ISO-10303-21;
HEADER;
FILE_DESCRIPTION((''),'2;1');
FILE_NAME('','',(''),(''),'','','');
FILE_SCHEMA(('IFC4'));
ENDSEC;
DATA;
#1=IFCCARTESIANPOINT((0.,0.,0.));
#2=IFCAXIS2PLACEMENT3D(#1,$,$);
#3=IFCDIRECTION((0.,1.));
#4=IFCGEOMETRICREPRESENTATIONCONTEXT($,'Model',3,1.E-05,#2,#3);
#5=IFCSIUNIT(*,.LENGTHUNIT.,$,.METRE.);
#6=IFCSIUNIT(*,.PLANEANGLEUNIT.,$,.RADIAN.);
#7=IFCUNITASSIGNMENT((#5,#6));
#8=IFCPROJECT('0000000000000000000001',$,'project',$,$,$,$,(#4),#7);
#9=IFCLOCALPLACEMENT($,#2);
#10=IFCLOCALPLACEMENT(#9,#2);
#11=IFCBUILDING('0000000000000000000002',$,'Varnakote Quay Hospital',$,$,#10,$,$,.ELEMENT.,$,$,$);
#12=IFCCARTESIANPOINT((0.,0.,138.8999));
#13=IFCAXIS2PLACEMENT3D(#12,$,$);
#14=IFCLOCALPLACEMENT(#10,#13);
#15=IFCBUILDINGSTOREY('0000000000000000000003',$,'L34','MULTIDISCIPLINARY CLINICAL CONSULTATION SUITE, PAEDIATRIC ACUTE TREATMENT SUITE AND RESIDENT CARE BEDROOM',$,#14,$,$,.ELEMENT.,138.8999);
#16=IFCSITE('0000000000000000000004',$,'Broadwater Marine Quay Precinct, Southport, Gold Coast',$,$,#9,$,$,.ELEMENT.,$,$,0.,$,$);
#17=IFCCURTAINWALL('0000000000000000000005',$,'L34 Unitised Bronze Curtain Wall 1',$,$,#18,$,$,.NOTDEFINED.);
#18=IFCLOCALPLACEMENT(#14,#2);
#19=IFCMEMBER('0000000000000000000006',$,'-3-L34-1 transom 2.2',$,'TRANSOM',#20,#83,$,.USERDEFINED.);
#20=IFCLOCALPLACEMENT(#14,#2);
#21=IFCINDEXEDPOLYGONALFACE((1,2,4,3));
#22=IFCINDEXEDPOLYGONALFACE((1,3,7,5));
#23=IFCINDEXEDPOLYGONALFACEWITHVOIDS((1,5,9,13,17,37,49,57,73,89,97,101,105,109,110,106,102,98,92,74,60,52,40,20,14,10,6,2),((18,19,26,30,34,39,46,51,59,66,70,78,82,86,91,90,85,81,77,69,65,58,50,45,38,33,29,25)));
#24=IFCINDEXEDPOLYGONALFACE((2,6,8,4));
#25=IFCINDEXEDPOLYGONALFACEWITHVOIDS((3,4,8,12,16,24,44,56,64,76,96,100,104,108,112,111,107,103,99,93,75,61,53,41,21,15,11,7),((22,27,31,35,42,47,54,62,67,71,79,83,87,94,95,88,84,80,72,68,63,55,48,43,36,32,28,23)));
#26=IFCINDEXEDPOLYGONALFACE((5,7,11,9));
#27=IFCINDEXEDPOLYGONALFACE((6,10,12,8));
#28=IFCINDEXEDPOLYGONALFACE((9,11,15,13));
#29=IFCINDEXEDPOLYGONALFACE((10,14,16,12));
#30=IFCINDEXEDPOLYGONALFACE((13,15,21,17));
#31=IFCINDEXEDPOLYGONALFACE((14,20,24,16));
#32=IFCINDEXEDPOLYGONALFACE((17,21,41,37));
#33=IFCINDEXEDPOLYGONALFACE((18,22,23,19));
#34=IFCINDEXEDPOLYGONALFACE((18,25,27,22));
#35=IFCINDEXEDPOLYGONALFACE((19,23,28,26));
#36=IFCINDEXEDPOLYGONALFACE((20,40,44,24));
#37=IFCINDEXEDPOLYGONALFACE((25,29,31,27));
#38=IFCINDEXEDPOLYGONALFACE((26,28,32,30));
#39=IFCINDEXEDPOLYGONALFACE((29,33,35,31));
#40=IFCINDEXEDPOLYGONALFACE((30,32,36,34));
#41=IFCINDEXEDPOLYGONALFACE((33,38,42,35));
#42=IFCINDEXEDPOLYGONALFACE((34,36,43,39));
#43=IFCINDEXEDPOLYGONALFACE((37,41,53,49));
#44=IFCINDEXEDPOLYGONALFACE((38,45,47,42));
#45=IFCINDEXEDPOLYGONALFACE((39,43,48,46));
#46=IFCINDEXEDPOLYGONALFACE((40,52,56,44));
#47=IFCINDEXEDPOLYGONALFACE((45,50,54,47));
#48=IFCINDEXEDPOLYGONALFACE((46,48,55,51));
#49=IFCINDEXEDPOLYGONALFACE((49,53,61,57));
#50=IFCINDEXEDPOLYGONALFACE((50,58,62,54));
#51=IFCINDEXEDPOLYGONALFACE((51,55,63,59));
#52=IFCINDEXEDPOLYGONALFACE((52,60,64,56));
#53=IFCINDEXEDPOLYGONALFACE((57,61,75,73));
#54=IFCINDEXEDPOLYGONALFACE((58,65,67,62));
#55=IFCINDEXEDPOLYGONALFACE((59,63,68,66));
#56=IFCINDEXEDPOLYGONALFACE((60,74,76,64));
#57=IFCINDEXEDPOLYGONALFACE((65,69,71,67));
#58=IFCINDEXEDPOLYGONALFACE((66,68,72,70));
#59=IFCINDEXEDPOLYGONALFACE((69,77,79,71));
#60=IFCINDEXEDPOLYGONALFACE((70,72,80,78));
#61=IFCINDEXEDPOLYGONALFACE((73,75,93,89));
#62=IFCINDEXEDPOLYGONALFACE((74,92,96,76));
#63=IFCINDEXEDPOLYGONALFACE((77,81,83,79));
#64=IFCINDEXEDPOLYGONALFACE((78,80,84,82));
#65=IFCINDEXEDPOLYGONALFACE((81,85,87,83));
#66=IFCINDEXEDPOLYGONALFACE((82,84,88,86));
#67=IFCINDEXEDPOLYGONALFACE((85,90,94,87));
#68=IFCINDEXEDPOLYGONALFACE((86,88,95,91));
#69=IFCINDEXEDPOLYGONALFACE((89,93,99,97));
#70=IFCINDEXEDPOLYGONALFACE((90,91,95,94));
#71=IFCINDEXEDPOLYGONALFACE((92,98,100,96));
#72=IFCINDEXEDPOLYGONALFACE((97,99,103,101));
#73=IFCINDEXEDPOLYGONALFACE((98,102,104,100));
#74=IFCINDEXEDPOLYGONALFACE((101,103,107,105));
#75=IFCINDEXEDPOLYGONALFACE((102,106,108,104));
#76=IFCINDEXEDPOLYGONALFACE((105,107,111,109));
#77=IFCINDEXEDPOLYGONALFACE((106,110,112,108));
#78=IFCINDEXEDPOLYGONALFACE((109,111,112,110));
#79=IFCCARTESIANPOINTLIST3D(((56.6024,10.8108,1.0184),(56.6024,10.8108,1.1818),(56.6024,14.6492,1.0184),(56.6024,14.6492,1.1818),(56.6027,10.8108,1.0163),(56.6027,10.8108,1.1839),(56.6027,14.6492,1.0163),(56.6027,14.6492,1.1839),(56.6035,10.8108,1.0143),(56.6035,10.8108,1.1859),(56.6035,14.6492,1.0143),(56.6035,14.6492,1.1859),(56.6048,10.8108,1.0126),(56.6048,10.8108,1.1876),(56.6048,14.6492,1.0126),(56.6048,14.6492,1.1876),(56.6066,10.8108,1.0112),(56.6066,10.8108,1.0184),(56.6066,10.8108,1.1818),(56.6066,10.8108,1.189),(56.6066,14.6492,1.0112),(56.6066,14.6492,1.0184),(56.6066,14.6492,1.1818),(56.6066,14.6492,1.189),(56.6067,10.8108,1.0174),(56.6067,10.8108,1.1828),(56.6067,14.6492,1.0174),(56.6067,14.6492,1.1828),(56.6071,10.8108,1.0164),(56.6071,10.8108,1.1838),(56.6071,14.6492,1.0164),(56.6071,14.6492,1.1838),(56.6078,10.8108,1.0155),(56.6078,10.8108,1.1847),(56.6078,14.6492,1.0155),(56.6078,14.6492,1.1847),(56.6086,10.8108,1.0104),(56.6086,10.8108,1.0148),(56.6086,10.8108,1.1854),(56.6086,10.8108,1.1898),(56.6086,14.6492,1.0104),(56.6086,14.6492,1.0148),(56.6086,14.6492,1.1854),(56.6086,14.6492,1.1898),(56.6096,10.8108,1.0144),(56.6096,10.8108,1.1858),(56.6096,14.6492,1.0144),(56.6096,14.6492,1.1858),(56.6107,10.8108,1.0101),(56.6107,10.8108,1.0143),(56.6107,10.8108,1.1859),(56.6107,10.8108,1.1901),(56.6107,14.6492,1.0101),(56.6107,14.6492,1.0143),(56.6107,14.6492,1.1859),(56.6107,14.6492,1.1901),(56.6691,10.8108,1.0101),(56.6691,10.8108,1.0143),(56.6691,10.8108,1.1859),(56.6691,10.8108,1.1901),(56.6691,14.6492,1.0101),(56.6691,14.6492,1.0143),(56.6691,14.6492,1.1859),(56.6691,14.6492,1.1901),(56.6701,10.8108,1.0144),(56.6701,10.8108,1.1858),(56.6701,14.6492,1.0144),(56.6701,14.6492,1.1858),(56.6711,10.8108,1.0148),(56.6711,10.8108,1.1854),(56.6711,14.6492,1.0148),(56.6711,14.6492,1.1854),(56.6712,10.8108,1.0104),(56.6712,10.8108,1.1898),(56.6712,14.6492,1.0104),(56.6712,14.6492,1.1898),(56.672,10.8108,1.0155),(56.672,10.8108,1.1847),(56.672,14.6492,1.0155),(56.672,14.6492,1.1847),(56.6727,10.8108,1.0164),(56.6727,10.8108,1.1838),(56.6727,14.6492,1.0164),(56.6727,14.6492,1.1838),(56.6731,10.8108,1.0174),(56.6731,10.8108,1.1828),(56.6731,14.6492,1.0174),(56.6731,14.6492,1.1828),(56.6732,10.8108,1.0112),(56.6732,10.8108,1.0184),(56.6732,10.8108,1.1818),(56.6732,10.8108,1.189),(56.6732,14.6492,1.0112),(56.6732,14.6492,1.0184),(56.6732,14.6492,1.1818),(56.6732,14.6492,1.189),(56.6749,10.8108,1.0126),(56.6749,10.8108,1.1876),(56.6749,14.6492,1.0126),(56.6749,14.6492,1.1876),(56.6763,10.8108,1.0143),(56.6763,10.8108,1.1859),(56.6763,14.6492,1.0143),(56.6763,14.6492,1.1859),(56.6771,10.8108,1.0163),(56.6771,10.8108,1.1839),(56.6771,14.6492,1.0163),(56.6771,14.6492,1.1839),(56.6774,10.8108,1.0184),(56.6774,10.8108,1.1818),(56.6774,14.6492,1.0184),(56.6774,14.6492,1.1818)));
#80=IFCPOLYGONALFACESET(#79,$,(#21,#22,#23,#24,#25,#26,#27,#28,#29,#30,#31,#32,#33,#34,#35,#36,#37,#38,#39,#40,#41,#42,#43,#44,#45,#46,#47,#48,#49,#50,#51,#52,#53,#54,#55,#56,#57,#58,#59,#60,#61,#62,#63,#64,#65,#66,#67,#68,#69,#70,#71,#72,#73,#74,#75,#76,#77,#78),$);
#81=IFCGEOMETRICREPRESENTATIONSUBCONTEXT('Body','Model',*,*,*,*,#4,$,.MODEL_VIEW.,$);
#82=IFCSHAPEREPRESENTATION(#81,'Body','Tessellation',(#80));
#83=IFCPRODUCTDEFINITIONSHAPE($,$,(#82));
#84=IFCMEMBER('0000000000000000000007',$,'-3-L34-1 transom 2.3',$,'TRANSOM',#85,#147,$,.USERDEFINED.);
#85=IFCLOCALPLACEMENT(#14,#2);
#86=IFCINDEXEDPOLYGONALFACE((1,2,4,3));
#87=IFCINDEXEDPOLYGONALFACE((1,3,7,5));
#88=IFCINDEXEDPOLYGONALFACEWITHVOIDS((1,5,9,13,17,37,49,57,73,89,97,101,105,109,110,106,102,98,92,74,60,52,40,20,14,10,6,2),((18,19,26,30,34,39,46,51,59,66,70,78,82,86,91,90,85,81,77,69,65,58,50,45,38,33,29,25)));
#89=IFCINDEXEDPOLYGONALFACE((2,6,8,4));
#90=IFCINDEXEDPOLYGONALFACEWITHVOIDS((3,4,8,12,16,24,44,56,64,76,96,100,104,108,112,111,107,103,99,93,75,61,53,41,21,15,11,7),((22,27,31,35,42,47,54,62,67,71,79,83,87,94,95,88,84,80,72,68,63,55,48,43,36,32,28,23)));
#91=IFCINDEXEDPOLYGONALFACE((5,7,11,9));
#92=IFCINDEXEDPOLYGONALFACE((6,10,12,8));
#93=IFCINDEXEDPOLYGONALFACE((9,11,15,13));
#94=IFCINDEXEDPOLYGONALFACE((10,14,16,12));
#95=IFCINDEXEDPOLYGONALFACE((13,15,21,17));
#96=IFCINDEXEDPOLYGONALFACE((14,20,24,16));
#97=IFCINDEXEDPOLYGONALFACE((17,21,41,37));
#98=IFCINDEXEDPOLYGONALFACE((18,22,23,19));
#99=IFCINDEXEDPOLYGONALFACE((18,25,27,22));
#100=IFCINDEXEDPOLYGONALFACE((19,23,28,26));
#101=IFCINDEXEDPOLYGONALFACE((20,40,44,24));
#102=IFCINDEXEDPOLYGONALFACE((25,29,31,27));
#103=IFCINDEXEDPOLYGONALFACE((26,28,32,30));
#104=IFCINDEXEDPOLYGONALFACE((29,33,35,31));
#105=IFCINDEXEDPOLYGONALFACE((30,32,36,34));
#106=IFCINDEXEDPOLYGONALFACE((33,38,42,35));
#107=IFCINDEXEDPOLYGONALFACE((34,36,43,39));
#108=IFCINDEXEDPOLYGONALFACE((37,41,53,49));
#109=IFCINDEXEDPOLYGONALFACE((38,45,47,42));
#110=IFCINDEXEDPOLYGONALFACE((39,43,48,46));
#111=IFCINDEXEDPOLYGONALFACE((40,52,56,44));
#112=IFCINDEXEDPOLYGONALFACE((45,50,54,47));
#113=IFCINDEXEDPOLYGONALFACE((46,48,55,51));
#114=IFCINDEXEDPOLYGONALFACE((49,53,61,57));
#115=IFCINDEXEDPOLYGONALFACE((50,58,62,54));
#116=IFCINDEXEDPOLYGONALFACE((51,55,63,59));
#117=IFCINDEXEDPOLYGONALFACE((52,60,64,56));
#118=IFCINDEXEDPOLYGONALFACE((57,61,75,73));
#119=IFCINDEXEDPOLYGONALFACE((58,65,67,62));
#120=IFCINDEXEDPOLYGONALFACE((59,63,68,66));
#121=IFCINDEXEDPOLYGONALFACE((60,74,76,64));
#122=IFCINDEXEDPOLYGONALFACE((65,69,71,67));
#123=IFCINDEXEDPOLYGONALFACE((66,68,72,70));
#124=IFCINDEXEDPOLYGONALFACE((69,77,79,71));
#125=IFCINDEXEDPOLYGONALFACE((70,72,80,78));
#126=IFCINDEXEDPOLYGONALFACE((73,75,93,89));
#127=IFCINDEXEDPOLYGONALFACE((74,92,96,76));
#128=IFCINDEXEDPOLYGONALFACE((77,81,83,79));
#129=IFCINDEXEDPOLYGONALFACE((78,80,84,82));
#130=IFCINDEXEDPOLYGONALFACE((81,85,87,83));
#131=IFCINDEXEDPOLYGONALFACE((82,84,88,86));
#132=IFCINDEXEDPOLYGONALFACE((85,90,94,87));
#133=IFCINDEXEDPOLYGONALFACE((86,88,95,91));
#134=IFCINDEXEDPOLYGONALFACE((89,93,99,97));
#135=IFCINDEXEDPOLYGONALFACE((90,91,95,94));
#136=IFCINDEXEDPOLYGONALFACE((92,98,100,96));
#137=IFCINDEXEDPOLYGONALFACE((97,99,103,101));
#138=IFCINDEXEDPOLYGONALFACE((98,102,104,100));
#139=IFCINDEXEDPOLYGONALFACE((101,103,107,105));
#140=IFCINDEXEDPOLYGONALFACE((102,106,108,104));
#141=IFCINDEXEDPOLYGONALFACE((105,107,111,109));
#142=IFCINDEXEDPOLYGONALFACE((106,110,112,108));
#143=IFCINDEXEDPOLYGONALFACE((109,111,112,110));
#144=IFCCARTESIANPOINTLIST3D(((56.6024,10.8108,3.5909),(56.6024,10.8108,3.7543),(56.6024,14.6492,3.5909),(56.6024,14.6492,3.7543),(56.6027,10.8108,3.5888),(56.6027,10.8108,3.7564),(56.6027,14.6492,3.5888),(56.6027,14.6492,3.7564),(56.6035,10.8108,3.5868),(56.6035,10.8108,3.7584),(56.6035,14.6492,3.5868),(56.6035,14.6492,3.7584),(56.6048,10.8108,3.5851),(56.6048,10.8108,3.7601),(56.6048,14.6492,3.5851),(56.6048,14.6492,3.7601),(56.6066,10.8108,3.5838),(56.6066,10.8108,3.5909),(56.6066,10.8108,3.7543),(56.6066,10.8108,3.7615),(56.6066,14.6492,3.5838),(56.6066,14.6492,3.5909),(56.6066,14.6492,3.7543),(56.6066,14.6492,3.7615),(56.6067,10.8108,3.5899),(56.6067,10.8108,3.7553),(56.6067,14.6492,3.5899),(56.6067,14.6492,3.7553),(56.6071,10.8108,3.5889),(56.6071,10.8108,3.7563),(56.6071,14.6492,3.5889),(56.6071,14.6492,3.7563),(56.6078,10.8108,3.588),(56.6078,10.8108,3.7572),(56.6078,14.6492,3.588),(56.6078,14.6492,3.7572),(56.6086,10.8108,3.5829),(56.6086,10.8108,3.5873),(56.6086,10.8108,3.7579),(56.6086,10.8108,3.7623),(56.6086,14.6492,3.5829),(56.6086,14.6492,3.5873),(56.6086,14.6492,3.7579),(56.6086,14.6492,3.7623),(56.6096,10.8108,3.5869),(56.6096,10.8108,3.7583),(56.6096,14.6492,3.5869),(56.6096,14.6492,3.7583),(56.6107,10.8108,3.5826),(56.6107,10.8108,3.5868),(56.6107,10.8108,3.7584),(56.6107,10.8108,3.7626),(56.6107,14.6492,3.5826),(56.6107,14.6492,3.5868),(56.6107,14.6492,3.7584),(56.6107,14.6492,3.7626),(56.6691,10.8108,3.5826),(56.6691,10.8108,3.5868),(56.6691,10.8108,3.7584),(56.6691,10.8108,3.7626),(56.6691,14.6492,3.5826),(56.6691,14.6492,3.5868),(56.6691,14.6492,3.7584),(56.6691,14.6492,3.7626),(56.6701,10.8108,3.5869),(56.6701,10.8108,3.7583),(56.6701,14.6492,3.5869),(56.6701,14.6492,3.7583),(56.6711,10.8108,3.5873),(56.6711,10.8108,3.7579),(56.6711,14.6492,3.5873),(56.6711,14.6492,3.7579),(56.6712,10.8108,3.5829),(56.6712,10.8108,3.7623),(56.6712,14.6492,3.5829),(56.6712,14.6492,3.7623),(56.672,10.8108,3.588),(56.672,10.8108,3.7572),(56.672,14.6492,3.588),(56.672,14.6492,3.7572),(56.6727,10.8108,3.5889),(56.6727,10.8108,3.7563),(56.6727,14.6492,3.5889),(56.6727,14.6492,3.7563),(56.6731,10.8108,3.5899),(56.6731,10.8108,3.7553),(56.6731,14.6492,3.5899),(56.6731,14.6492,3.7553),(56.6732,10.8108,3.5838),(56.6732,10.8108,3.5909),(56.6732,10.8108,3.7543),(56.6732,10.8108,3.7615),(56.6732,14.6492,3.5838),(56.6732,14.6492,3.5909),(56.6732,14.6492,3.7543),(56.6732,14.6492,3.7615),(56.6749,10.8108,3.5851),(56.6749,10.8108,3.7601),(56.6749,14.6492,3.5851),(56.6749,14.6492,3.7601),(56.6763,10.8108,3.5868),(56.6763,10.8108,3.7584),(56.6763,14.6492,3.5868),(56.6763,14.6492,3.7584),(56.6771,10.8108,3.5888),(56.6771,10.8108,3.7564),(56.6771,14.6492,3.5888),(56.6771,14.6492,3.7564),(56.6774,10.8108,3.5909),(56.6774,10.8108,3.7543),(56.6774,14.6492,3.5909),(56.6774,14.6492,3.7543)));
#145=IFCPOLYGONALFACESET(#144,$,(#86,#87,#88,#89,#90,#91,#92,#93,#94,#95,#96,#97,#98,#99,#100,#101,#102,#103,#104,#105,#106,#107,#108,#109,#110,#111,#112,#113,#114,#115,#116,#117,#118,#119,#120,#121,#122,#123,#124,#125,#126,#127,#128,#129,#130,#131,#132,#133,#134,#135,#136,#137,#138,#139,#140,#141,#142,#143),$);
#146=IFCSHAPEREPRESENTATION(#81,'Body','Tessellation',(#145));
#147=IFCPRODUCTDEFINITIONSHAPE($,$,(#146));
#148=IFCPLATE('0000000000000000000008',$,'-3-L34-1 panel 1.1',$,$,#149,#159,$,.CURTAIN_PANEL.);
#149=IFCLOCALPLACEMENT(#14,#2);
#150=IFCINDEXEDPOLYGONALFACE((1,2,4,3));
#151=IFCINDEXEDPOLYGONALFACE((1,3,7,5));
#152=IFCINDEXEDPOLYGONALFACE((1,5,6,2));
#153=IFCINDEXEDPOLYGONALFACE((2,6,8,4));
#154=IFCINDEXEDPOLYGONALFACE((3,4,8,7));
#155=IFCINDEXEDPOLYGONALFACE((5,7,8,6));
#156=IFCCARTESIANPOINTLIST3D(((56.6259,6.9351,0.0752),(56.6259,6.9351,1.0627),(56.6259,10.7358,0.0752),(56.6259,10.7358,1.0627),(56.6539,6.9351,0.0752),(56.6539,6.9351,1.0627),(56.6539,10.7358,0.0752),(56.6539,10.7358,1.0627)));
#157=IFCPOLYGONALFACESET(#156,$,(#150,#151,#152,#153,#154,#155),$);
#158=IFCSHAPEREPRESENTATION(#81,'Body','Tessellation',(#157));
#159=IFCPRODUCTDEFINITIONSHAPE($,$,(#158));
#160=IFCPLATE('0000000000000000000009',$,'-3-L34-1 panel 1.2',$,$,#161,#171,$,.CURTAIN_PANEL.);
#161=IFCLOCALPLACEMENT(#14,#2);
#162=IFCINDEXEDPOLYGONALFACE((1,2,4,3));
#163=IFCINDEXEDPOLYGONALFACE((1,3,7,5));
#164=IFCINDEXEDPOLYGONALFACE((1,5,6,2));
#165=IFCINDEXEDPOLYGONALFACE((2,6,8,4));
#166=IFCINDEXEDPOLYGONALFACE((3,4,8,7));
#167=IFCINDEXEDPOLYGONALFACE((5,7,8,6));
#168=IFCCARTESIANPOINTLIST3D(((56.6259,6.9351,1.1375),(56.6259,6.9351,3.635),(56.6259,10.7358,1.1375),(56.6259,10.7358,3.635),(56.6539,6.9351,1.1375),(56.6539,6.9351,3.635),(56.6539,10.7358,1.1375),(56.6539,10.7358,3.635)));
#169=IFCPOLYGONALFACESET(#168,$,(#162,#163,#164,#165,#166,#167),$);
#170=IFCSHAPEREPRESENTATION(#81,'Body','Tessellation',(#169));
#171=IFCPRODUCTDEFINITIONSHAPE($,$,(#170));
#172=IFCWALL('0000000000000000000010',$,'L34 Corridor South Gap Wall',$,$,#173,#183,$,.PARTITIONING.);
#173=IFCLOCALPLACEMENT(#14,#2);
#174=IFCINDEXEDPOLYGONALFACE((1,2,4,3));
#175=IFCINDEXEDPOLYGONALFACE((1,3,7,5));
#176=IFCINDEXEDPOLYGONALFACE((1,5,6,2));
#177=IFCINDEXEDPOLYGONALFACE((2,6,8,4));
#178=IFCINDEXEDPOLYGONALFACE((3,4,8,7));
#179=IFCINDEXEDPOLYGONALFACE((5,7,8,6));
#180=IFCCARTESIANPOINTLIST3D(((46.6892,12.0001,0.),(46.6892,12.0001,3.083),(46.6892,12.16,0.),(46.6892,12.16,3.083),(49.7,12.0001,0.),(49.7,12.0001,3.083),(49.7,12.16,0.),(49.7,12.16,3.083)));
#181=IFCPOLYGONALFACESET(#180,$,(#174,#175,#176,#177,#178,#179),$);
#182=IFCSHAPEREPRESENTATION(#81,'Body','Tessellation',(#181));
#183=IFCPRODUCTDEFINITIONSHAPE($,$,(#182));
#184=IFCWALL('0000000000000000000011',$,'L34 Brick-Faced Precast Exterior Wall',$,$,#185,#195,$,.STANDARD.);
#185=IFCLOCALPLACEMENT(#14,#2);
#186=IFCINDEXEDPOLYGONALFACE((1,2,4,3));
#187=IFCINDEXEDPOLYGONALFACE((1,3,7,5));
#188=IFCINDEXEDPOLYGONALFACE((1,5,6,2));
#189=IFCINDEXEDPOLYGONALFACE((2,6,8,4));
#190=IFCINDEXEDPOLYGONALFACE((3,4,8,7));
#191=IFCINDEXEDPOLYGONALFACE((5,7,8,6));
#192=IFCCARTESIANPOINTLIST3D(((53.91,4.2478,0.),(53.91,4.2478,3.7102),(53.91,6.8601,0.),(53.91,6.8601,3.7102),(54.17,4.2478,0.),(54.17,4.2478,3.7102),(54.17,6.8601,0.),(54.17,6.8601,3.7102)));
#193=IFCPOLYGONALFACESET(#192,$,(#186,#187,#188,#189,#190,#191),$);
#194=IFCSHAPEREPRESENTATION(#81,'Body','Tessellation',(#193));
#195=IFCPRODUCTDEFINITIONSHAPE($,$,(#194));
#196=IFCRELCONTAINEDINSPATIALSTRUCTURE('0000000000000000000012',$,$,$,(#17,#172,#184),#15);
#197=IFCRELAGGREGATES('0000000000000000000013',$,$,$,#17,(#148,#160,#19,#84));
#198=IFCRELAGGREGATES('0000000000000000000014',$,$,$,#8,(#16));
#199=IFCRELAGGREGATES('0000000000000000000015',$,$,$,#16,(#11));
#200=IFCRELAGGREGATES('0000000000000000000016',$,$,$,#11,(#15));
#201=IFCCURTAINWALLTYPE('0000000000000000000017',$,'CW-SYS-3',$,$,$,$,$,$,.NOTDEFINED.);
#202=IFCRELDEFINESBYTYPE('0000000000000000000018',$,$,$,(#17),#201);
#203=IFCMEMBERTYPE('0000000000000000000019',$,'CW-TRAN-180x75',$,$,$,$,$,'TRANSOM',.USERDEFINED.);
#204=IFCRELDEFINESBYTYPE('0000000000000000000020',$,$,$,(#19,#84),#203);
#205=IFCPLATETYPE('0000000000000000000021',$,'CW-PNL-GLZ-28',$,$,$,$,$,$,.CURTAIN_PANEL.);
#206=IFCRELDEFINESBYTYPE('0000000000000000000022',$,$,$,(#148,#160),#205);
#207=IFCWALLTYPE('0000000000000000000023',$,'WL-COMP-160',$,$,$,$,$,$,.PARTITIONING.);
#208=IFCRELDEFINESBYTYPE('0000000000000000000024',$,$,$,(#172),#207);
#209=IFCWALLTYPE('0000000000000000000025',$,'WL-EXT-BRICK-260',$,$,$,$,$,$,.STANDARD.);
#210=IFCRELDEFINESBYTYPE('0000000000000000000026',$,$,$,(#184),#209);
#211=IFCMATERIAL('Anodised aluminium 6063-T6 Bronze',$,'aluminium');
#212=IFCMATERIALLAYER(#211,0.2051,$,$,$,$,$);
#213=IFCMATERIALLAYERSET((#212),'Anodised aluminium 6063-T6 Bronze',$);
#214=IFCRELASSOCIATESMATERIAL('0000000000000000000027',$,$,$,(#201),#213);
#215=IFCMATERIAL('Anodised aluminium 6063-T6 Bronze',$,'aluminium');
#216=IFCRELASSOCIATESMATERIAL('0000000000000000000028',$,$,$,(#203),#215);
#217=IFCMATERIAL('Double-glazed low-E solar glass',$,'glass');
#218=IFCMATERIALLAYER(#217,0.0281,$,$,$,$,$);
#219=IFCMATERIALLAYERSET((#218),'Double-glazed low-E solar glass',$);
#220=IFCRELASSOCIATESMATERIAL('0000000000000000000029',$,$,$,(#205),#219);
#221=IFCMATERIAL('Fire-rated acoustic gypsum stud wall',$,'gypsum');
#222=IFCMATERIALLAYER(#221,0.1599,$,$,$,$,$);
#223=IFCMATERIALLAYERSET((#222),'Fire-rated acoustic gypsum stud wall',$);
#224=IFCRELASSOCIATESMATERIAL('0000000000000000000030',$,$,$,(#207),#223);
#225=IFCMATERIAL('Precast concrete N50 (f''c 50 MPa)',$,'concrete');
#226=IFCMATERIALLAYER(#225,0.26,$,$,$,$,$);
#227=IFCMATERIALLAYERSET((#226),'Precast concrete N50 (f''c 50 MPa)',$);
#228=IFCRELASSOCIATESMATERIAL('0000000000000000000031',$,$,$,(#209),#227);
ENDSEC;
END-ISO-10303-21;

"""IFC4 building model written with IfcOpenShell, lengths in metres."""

from ifc_helpers import new_model, si_unit, direction, frame, frame_2d, origin, origin_2d, place, context, subcontext, project, spatial, rectangle, hollow_rectangle, extrude, material, layer, layer_set, material_profile, profile_set, type_object, element, aggregate, save


model = new_model("IFC4")

# Units and contexts
model_context = context("Model", 3, precision=1e-05, world=origin(), true_north=direction((0.0, 1.0)))
body_context = subcontext(model_context, "Body", "Model", "MODEL_VIEW")
ifc_project = project(units=[si_unit("LENGTHUNIT", "METRE"), si_unit("PLANEANGLEUNIT", "RADIAN")], contexts=[model_context])

# Site, building, storey
site_placement = place(None, origin())
site = spatial("IfcSite", under=ifc_project, at=site_placement, Name="Broadwater Marine Quay Precinct, Southport, Gold Coast", CompositionType="ELEMENT", RefElevation=0.0)
building_placement = place(site_placement, origin())
building = spatial("IfcBuilding", under=site, at=building_placement, Name="Varnakote Quay Hospital", CompositionType="ELEMENT")
storey_placement = place(building_placement, frame((0.0, 0.0, 138.8999)))
storey = spatial("IfcBuildingStorey", under=building, at=storey_placement, Name="L34", Description="MULTIDISCIPLINARY CLINICAL CONSULTATION SUITE, PAEDIATRIC ACUTE TREATMENT SUITE AND RESIDENT CARE BEDROOM", CompositionType="ELEMENT", Elevation=138.8999)

# Curtain wall, members, plates
ifc_material_1 = material(Name="Anodised aluminium 6063-T6 Bronze", Category="aluminium")
ifc_layer_1 = layer(ifc_material_1, 0.2051)
ifc_layer_set_1 = layer_set([ifc_layer_1], Name="Anodised aluminium 6063-T6 Bronze")
curtain_wall_type = type_object("IfcCurtainWallType", Name="CW-SYS-3", PredefinedType="NOTDEFINED", material=ifc_layer_set_1)
curtain_wall_placement = place(storey_placement, origin())
curtain_wall = element("IfcCurtainWall", 1, at=curtain_wall_placement, inside=storey, type_object=curtain_wall_type, Name="L34 Unitised Bronze Curtain Wall 1", PredefinedType="NOTDEFINED")
ifc_material_2 = material(Name="Anodised aluminium 6063-T6 Bronze", Category="aluminium")
ifc_material_profile_1 = material_profile(ifc_material_2, hollow_rectangle(XDim=0.075, YDim=0.1799, WallThickness=0.0042, InnerFilletRadius=0.0042, OuterFilletRadius=0.0083, at=origin_2d()), Name="CW-TRAN-180x75")
ifc_profile_set_1 = profile_set([ifc_material_profile_1], Name="Anodised aluminium 6063-T6 Bronze")
member_type_1 = type_object("IfcMemberType", Name="CW-TRAN-180x75", ElementType="TRANSOM", PredefinedType="USERDEFINED", material=ifc_profile_set_1)
member_1_placement = place(storey_placement, frame((56.6399, 10.8108, 1.1001), z_axis=(0.0, 1.0, 0.0), x_axis=(-1.0, 0.0, 0.0)))
member_1 = element("IfcMember", 2, at=member_1_placement, type_object=member_type_1, Name="-3-L34-1 transom 2.2", ObjectType="TRANSOM", PredefinedType="USERDEFINED", context=body_context, shape_type="SweptSolid", body=[
    extrude(hollow_rectangle(XDim=0.075, YDim=0.1799, WallThickness=0.0042, InnerFilletRadius=0.0042, OuterFilletRadius=0.0083, at=origin_2d()), origin(), (0.0, 0.0, 1.0), 3.8384),
])
member_2_placement = place(storey_placement, frame((56.6399, 10.8108, 3.6726), z_axis=(0.0, 1.0, 0.0), x_axis=(-1.0, 0.0, 0.0)))
member_2 = element("IfcMember", 3, at=member_2_placement, type_object=member_type_1, Name="-3-L34-1 transom 2.3", ObjectType="TRANSOM", PredefinedType="USERDEFINED", context=body_context, shape_type="SweptSolid", body=[
    extrude(hollow_rectangle(XDim=0.075, YDim=0.1799, WallThickness=0.0042, InnerFilletRadius=0.0042, OuterFilletRadius=0.0083, at=origin_2d()), origin(), (0.0, 0.0, 1.0), 3.8384),
])
ifc_material_3 = material(Name="Double-glazed low-E solar glass", Category="glass")
ifc_layer_2 = layer(ifc_material_3, 0.0281)
ifc_layer_set_2 = layer_set([ifc_layer_2], Name="Double-glazed low-E solar glass")
plate_type = type_object("IfcPlateType", Name="CW-PNL-GLZ-28", PredefinedType="CURTAIN_PANEL", material=ifc_layer_set_2)
plate_1_placement = place(storey_placement, frame((56.6399, 8.8354, 0.0752), z_axis=(0.0, 0.0, 1.0), x_axis=(0.0, 1.0, 0.0)))
plate_1 = element("IfcPlate", 4, at=plate_1_placement, type_object=plate_type, Name="-3-L34-1 panel 1.1", PredefinedType="CURTAIN_PANEL", context=body_context, shape_type="SweptSolid", body=[
    extrude(rectangle(XDim=3.8008, YDim=0.0281, at=origin_2d()), origin(), (0.0, 0.0, 1.0), 0.9875),
])
plate_2_placement = place(storey_placement, frame((56.6399, 8.8354, 1.1375), z_axis=(0.0, 0.0, 1.0), x_axis=(0.0, 1.0, 0.0)))
plate_2 = element("IfcPlate", 5, at=plate_2_placement, type_object=plate_type, Name="-3-L34-1 panel 1.2", PredefinedType="CURTAIN_PANEL", context=body_context, shape_type="SweptSolid", body=[
    extrude(rectangle(XDim=3.8008, YDim=0.0281, at=origin_2d()), origin(), (0.0, 0.0, 1.0), 2.4976),
])
aggregate(curtain_wall, [plate_1, plate_2, member_1, member_2])

# Walls
ifc_material_4 = material(Name="Fire-rated acoustic gypsum stud wall", Category="gypsum")
ifc_layer_3 = layer(ifc_material_4, 0.1599)
ifc_layer_set_3 = layer_set([ifc_layer_3], Name="Fire-rated acoustic gypsum stud wall")
wall_type_1 = type_object("IfcWallType", Name="WL-COMP-160", PredefinedType="PARTITIONING", material=ifc_layer_set_3)
wall_1_placement = place(storey_placement, frame((46.6892, 12.0801, 0.0), z_axis=(0.0, 0.0, 1.0), x_axis=(1.0, 0.0, 0.0)))
element("IfcWall", 6, at=wall_1_placement, inside=storey, type_object=wall_type_1, Name="L34 Corridor South Gap Wall", PredefinedType="PARTITIONING", context=body_context, shape_type="SweptSolid", body=[
    extrude(rectangle(XDim=3.0107, YDim=0.1599, at=frame_2d((1.5054, 0.0))), origin(), (0.0, 0.0, 1.0), 3.083),
])
ifc_material_5 = material(Name="Precast concrete N50 (f'c 50 MPa)", Category="concrete")
ifc_layer_4 = layer(ifc_material_5, 0.26)
ifc_layer_set_4 = layer_set([ifc_layer_4], Name="Precast concrete N50 (f'c 50 MPa)")
wall_type_2 = type_object("IfcWallType", Name="WL-EXT-BRICK-260", PredefinedType="STANDARD", material=ifc_layer_set_4)
wall_2_placement = place(storey_placement, frame((54.04, 4.2478, 0.0), z_axis=(0.0, 0.0, 1.0), x_axis=(0.0, 1.0, 0.0)))
element("IfcWall", 7, at=wall_2_placement, inside=storey, type_object=wall_type_2, Name="L34 Brick-Faced Precast Exterior Wall", PredefinedType="STANDARD", context=body_context, shape_type="SweptSolid", body=[
    extrude(rectangle(XDim=2.6123, YDim=0.26, at=frame_2d((1.3062, 0.0))), origin(), (0.0, 0.0, 1.0), 3.7102),
])

save(model, "model.ifc")
